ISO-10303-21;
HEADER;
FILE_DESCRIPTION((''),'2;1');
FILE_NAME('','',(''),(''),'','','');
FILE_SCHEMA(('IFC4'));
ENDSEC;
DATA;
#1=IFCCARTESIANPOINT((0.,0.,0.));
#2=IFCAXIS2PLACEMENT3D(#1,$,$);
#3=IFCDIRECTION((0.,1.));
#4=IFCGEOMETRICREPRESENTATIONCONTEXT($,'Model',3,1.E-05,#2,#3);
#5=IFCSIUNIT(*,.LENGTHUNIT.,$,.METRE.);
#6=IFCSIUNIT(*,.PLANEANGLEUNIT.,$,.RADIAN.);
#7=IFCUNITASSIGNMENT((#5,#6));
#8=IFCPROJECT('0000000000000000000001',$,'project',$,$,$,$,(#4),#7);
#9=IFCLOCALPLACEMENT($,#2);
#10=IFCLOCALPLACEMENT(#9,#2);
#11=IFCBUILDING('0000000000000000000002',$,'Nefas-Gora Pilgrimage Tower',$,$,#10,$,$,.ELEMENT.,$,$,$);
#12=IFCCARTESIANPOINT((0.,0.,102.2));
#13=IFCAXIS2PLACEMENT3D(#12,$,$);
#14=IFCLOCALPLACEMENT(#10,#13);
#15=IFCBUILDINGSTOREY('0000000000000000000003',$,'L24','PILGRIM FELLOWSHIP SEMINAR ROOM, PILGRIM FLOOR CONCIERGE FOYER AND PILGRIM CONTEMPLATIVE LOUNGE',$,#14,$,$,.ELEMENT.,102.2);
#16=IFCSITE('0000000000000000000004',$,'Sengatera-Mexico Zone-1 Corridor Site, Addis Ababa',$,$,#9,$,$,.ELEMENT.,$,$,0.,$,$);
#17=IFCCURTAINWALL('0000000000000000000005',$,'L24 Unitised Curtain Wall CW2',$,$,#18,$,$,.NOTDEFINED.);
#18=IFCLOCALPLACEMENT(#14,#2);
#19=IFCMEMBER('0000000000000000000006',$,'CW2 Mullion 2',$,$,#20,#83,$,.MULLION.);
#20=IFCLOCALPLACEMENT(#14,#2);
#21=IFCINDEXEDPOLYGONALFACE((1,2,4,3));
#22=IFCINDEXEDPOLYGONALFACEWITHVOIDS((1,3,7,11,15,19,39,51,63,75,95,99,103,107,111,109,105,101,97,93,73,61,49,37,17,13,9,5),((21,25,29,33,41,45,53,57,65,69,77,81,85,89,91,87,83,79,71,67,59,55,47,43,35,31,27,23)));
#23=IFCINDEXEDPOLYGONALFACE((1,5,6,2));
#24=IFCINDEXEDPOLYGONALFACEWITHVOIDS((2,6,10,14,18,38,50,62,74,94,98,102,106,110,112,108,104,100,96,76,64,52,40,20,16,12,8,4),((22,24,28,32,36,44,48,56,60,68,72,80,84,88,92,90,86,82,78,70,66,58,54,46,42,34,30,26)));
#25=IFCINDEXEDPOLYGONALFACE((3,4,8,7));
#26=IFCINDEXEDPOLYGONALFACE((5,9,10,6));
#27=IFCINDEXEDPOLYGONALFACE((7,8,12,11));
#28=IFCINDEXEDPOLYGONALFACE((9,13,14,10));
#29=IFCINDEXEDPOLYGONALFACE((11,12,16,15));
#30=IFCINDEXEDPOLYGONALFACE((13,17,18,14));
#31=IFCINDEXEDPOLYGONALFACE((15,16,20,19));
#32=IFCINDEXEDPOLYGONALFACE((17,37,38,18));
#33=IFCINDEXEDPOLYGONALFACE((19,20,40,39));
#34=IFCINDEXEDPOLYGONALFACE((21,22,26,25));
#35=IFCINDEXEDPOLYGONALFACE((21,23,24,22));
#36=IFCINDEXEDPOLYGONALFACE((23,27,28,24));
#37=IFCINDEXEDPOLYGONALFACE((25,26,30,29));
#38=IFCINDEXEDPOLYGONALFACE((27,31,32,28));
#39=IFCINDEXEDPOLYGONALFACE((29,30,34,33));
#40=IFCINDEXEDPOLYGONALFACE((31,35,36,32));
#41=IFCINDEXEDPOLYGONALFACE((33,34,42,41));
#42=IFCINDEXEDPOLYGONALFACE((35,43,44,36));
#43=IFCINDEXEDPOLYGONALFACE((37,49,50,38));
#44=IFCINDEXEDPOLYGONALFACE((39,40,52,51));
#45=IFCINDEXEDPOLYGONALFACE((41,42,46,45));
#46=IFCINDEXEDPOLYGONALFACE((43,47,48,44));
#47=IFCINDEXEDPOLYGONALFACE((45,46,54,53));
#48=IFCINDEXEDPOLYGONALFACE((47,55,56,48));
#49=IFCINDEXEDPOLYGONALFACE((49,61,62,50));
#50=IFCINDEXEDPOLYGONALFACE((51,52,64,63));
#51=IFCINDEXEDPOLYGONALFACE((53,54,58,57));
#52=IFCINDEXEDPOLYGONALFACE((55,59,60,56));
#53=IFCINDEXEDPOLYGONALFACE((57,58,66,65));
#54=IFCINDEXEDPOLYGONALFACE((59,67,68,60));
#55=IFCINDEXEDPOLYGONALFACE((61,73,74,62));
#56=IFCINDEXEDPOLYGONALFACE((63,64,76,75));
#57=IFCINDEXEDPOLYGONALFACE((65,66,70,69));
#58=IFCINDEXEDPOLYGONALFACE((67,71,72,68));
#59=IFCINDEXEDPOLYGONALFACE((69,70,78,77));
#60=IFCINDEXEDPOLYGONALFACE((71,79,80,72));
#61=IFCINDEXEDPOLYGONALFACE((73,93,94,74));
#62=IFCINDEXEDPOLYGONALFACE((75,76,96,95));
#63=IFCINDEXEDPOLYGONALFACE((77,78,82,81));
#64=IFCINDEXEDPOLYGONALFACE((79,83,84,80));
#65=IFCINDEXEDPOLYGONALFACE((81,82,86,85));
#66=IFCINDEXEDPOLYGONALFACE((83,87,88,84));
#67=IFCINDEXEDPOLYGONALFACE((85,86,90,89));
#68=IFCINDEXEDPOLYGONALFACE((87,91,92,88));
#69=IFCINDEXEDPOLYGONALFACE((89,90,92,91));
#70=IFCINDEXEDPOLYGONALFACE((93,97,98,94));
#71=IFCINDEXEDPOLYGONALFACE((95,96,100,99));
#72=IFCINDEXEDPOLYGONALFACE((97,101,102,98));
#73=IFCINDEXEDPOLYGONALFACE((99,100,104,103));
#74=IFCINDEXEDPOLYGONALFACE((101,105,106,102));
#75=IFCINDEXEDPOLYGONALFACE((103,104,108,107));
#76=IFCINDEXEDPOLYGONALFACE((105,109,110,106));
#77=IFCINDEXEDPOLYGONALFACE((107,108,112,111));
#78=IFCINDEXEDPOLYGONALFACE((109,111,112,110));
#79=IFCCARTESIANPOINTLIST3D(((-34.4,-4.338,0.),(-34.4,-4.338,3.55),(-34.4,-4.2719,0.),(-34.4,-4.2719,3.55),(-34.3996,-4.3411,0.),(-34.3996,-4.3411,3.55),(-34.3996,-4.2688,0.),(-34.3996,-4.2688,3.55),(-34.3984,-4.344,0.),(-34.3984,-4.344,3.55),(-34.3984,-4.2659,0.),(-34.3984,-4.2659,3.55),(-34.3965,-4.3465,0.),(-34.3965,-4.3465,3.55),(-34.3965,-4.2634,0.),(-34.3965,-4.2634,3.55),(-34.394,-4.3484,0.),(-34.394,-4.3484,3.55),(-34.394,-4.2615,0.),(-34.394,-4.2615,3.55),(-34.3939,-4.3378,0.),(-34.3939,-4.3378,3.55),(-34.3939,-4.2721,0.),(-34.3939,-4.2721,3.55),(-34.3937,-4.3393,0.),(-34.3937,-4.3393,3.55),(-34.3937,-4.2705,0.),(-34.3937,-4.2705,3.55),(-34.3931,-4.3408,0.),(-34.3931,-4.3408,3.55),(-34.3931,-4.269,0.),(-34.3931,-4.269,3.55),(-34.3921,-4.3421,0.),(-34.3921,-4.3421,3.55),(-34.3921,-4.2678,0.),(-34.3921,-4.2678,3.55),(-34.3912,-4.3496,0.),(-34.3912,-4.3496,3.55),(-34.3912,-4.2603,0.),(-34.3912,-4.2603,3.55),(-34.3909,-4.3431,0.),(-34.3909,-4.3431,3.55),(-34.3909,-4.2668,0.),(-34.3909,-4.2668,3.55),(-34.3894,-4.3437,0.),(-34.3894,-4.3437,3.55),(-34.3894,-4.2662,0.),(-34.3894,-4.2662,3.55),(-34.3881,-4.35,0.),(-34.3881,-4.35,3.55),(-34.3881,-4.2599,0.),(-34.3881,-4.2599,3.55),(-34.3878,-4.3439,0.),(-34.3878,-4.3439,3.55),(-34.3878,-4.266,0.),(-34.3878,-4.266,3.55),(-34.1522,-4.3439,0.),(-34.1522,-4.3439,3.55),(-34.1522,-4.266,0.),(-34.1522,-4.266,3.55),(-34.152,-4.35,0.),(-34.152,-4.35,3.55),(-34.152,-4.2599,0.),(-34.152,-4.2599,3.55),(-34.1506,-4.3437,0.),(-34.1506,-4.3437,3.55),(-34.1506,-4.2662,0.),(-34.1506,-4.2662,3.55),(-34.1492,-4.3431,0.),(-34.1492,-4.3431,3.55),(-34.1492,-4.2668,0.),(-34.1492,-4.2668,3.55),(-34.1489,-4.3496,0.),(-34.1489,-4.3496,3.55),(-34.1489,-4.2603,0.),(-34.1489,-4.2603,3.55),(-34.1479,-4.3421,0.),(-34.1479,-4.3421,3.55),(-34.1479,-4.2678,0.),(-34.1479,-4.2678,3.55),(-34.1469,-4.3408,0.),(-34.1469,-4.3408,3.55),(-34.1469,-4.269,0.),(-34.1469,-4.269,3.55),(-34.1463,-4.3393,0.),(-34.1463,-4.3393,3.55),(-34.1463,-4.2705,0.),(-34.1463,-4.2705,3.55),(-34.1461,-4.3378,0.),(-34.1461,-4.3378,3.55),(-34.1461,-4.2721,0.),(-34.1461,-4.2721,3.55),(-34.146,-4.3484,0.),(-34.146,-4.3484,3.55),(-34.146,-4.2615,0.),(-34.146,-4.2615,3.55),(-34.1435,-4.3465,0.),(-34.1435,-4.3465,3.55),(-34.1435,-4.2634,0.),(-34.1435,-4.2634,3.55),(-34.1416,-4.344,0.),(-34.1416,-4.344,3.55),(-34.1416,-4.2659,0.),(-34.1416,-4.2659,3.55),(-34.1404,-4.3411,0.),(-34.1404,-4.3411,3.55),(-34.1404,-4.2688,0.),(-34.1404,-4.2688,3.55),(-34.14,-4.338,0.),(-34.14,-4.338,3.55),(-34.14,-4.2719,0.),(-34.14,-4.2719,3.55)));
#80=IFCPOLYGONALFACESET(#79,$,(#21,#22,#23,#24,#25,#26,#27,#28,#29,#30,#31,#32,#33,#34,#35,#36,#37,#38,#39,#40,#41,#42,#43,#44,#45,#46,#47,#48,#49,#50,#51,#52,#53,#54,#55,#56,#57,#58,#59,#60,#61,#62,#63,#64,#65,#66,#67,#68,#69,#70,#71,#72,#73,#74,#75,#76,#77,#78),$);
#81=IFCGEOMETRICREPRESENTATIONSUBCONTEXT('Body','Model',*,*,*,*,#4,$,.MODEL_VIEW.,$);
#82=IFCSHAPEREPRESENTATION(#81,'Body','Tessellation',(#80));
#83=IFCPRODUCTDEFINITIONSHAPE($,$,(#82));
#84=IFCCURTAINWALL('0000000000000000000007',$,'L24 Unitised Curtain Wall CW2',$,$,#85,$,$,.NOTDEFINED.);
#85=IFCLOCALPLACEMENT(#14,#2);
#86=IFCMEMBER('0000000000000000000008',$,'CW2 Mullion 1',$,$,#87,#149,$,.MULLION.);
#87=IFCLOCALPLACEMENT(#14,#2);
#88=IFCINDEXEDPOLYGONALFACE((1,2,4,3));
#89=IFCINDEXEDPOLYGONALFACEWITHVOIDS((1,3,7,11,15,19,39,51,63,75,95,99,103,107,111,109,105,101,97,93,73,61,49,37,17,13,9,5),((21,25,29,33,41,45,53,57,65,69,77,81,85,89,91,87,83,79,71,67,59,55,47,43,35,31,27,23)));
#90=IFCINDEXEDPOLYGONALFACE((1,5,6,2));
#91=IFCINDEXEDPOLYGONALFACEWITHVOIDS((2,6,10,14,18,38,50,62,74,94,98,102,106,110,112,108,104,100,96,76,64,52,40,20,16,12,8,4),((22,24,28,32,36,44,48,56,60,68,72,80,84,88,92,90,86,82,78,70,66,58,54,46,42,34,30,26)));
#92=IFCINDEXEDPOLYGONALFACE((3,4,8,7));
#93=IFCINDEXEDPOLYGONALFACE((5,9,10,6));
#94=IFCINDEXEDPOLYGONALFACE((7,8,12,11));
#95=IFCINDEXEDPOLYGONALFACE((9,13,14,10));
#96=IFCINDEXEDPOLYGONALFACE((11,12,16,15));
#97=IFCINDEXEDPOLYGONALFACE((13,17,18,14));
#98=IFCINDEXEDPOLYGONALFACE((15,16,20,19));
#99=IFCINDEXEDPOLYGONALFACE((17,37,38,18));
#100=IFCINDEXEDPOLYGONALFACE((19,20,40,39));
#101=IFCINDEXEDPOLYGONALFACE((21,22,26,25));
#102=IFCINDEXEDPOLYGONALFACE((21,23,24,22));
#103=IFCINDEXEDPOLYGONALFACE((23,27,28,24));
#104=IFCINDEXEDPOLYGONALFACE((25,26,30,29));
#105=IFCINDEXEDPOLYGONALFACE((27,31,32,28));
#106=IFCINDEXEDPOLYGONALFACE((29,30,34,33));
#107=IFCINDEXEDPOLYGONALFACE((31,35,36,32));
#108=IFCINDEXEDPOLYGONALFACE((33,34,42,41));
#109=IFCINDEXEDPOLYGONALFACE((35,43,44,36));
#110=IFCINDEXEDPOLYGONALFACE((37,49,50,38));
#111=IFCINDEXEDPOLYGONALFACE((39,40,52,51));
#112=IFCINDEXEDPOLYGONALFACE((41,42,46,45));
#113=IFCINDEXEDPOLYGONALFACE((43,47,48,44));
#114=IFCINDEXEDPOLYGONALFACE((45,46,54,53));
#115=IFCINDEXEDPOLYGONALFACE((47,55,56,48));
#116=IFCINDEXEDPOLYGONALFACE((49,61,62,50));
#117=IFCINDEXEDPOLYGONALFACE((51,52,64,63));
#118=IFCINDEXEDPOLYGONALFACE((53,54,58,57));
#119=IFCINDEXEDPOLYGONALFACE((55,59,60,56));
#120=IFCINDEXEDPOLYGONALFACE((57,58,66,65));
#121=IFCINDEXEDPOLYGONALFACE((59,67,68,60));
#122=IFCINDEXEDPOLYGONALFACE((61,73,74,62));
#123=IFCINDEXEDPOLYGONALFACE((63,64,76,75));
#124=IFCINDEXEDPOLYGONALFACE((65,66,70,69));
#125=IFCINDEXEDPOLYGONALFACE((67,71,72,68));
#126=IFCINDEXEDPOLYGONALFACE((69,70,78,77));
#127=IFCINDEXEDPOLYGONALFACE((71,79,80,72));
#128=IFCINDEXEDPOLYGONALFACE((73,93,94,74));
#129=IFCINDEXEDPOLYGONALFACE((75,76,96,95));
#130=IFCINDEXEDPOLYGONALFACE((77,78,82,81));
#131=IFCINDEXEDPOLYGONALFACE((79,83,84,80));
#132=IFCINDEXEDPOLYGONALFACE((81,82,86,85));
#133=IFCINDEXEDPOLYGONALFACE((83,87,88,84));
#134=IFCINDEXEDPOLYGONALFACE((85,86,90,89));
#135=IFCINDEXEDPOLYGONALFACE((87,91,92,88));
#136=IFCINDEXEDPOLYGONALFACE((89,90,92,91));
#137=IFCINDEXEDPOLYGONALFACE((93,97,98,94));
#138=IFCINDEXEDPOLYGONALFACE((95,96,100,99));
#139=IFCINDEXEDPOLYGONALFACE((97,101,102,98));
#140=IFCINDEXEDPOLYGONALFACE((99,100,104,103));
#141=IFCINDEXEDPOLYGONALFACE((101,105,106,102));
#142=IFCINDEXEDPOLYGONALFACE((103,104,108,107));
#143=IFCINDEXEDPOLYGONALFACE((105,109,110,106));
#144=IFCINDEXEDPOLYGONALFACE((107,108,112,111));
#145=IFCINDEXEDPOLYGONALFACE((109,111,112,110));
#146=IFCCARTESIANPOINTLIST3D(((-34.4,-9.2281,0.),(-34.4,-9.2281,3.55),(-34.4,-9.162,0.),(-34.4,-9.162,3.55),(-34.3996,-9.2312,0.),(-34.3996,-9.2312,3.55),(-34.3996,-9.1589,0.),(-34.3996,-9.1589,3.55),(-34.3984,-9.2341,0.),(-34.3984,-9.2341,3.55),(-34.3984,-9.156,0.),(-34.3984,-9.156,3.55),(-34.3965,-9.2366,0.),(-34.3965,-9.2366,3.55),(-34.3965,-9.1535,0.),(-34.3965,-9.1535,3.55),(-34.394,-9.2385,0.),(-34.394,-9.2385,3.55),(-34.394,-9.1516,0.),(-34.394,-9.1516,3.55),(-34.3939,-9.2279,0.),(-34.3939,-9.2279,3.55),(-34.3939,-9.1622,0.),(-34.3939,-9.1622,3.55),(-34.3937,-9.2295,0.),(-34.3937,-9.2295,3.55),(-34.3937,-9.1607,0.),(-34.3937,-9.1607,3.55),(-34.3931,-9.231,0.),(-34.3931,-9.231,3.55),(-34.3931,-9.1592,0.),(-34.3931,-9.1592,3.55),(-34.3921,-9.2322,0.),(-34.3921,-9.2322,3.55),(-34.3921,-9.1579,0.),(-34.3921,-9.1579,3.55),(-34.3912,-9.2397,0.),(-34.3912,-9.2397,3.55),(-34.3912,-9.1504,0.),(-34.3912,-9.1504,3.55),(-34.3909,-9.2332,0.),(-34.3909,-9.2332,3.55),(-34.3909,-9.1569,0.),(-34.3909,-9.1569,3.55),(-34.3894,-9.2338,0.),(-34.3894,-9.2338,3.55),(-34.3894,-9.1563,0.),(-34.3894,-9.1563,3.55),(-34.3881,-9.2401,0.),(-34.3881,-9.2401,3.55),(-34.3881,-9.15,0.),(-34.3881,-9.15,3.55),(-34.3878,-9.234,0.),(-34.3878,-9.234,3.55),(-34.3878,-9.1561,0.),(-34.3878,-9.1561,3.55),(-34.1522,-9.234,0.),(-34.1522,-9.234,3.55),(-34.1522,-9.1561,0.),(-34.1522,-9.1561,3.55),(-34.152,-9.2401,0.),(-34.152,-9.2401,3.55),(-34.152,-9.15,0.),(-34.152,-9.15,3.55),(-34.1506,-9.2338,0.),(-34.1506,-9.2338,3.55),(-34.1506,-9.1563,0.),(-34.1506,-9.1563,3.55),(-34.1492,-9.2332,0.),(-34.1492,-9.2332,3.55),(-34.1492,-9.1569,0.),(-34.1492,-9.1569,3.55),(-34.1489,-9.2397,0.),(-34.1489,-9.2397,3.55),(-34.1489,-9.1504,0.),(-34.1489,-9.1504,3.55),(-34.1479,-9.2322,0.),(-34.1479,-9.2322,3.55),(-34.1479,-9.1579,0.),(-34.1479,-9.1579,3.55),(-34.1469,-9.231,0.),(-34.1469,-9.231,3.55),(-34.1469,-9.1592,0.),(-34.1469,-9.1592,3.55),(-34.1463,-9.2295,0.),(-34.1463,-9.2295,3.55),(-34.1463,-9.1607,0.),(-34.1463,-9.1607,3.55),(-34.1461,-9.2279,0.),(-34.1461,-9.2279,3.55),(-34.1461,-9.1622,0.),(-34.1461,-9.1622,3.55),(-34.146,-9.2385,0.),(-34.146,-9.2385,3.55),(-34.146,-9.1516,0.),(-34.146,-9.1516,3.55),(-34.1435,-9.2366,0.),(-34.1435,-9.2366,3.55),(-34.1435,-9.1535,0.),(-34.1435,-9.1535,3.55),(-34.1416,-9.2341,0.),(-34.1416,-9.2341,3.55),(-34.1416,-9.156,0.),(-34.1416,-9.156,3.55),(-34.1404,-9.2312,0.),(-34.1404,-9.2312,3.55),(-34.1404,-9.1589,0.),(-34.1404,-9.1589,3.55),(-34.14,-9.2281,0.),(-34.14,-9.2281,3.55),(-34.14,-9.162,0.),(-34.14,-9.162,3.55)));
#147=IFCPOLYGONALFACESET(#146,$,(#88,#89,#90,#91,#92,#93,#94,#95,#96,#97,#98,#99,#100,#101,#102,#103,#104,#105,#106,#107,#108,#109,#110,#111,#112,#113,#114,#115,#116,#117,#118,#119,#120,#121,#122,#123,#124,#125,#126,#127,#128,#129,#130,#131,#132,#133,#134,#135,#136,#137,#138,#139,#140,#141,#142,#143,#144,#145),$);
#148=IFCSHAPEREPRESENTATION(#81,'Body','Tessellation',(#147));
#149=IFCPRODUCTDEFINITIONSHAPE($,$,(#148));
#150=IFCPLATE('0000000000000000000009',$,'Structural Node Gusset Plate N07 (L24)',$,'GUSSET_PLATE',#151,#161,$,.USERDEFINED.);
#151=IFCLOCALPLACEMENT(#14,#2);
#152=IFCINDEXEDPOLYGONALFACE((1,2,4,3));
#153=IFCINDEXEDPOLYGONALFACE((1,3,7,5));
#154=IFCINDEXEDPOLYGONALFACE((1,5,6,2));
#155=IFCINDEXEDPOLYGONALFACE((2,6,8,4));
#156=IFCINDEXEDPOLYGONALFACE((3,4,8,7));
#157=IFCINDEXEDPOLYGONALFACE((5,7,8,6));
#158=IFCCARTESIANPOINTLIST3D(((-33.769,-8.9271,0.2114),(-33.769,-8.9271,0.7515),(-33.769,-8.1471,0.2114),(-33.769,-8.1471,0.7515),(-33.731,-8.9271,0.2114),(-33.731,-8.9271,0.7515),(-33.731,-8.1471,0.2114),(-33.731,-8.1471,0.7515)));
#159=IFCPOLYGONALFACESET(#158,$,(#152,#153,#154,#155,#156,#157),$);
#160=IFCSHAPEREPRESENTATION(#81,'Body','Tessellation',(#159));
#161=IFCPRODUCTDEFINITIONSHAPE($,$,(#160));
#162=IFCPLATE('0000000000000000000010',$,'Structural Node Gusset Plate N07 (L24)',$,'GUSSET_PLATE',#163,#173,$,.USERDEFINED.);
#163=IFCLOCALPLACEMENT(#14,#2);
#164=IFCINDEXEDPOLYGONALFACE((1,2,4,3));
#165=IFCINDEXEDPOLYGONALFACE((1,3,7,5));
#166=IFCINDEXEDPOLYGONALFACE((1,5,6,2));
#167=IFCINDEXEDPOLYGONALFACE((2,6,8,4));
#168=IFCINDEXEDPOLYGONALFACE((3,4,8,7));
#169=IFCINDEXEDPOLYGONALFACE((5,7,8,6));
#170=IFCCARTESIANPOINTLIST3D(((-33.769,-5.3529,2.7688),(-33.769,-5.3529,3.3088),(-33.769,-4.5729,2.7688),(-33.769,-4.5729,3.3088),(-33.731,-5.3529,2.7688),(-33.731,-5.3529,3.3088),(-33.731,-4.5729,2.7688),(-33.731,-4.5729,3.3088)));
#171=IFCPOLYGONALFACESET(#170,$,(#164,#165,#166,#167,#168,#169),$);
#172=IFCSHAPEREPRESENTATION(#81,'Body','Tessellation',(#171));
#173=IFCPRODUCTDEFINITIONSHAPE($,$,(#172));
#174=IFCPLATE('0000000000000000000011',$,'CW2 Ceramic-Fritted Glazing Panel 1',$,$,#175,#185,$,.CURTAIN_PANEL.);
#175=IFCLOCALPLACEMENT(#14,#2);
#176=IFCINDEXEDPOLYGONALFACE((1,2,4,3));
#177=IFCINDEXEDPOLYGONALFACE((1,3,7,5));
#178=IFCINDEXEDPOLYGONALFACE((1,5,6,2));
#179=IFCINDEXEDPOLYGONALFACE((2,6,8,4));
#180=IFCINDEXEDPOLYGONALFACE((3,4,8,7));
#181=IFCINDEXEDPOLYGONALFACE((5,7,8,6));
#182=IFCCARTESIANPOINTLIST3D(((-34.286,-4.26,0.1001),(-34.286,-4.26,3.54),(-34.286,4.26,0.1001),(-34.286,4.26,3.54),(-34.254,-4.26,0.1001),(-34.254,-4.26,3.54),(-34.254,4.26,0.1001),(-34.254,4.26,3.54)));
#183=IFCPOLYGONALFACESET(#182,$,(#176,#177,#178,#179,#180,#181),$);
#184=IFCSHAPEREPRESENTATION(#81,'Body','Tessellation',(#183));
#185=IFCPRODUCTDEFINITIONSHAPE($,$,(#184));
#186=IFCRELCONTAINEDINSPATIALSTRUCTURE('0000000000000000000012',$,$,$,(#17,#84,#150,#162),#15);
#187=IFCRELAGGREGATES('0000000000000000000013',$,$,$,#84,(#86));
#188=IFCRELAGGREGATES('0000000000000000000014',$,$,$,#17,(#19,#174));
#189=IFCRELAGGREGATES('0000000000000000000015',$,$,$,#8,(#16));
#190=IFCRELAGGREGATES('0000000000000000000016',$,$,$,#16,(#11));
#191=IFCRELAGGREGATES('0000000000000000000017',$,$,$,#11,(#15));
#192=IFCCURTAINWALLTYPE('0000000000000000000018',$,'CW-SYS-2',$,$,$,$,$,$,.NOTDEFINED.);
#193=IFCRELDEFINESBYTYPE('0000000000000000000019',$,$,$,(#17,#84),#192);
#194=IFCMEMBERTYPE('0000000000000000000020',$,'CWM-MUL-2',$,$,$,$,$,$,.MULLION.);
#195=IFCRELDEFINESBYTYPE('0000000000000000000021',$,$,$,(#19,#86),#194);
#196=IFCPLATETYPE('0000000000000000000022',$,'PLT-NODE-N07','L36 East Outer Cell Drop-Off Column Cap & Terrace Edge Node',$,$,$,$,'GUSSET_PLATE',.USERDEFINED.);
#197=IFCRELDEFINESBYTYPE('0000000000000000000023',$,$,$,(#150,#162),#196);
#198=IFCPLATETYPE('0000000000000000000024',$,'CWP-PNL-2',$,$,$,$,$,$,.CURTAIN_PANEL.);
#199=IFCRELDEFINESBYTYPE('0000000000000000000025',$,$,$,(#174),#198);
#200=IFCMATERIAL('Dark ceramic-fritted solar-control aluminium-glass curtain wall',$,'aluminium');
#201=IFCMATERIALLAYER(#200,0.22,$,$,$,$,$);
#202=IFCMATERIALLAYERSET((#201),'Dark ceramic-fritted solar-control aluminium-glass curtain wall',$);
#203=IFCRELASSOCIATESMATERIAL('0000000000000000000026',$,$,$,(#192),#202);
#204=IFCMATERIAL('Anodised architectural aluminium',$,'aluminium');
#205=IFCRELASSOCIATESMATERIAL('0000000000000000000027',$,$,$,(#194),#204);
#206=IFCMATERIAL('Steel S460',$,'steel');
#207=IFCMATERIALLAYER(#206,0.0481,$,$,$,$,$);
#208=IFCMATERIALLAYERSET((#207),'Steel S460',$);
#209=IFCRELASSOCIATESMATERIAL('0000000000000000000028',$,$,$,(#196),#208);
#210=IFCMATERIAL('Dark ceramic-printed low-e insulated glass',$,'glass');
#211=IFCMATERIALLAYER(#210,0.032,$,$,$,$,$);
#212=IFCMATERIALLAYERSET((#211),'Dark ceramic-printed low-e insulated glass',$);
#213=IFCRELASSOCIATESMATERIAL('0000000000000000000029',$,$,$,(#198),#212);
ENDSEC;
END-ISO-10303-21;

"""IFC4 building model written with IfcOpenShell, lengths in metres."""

from ifc_helpers import new_model, si_unit, direction, frame, origin, origin_2d, place, context, subcontext, project, spatial, rectangle, hollow_rectangle, extrude, source, transform, mapped, material, layer, layer_set, material_profile, profile_set, type_object, element, aggregate, save


model = new_model("IFC4")

# Units and contexts
model_context = context("Model", 3, precision=1e-05, world=origin(), true_north=direction((0.0, 1.0)))
body_context = subcontext(model_context, "Body", "Model", "MODEL_VIEW")
ifc_project = project(units=[si_unit("LENGTHUNIT", "METRE"), si_unit("PLANEANGLEUNIT", "RADIAN")], contexts=[model_context])

# Site, building, storey
site_placement = place(None, origin())
site = spatial("IfcSite", under=ifc_project, at=site_placement, Name="Sengatera-Mexico Zone-1 Corridor Site, Addis Ababa", CompositionType="ELEMENT", RefElevation=0.0)
building_placement = place(site_placement, origin())
building = spatial("IfcBuilding", under=site, at=building_placement, Name="Nefas-Gora Pilgrimage Tower", CompositionType="ELEMENT")
storey_placement = place(building_placement, frame((0.0, 0.0, 102.2)))
storey = spatial("IfcBuildingStorey", under=building, at=storey_placement, Name="L24", Description="PILGRIM FELLOWSHIP SEMINAR ROOM, PILGRIM FLOOR CONCIERGE FOYER AND PILGRIM CONTEMPLATIVE LOUNGE", CompositionType="ELEMENT", Elevation=102.2)

# Shared definitions
ifc_material_1 = material(Name="Steel S460", Category="steel")

# Curtain walls, members
ifc_material_2 = material(Name="Dark ceramic-fritted solar-control aluminium-glass curtain wall", Category="aluminium")
ifc_layer_1 = layer(ifc_material_2, 0.22)
ifc_layer_set_1 = layer_set([ifc_layer_1], Name="Dark ceramic-fritted solar-control aluminium-glass curtain wall")
curtain_wall_type = type_object("IfcCurtainWallType", Name="CW-SYS-2", PredefinedType="NOTDEFINED", material=ifc_layer_set_1)
curtain_wall_1_placement = place(storey_placement, origin())
curtain_wall_1 = element("IfcCurtainWall", 1, at=curtain_wall_1_placement, inside=storey, type_object=curtain_wall_type, Name="L24 Unitised Curtain Wall CW2", PredefinedType="NOTDEFINED")
ifc_material_3 = material(Name="Anodised architectural aluminium", Category="aluminium")
ifc_material_profile_1 = material_profile(ifc_material_3, hollow_rectangle(XDim=0.0901, YDim=0.26, WallThickness=0.0061, InnerFilletRadius=0.0061, OuterFilletRadius=0.012, at=origin_2d()), Name="ALU MULLION 90x260")
ifc_profile_set_1 = profile_set([ifc_material_profile_1], Name="Anodised architectural aluminium")
member_type_1 = type_object("IfcMemberType", Name="CWM-MUL-2", PredefinedType="MULLION", material=ifc_profile_set_1)
shared_shape_1 = source(origin(), body_context, "Body", "SweptSolid", [
    extrude(hollow_rectangle(XDim=0.0901, YDim=0.26, WallThickness=0.0061, InnerFilletRadius=0.0061, OuterFilletRadius=0.012, at=origin_2d()), origin(), (0.0, 0.0, 1.0), 3.55),
])
member_1_placement = place(storey_placement, frame((-34.27, -4.3049, 0.0), z_axis=(0.0, 0.0, 1.0), x_axis=(0.0, -1.0, 0.0)))
member_1 = element("IfcMember", 2, at=member_1_placement, type_object=member_type_1, Name="CW2 Mullion 2", PredefinedType="MULLION", context=body_context, shape_type="MappedRepresentation", body=[
    mapped(shared_shape_1, transform((0.0, 0.0, 0.0), x_axis=(1.0, 0.0, 0.0), y_axis=(0.0, 1.0, 0.0), z_axis=(0.0, 0.0, 1.0), scale=1.0)),
])
curtain_wall_2_placement = place(storey_placement, origin())
curtain_wall_2 = element("IfcCurtainWall", 3, at=curtain_wall_2_placement, inside=storey, type_object=curtain_wall_type, Name="L24 Unitised Curtain Wall CW2", PredefinedType="NOTDEFINED")
member_2_placement = place(storey_placement, frame((-34.27, -9.1951, 0.0), z_axis=(0.0, 0.0, 1.0), x_axis=(0.0, -1.0, 0.0)))
member_2 = element("IfcMember", 4, at=member_2_placement, type_object=member_type_1, Name="CW2 Mullion 1", PredefinedType="MULLION", context=body_context, shape_type="MappedRepresentation", body=[
    mapped(shared_shape_1, transform((0.0, 0.0, 0.0), x_axis=(1.0, 0.0, 0.0), y_axis=(0.0, 1.0, 0.0), z_axis=(0.0, 0.0, 1.0), scale=1.0)),
])
aggregate(curtain_wall_2, [member_2])

# Plates
ifc_layer_2 = layer(ifc_material_1, 0.0481)
ifc_layer_set_2 = layer_set([ifc_layer_2], Name="Steel S460")
plate_type_1 = type_object("IfcPlateType", Name="PLT-NODE-N07", Description="L36 East Outer Cell Drop-Off Column Cap & Terrace Edge Node", ElementType="GUSSET_PLATE", PredefinedType="USERDEFINED", material=ifc_layer_set_2)
shared_shape_2 = source(origin(), body_context, "Body", "SweptSolid", [
    extrude(rectangle(XDim=0.78, YDim=0.0381, at=origin_2d()), origin(), (0.0, 0.0, 1.0), 0.54),
])
for number, where, z_axis, x_axis, name in (
    (5, (-33.75, -8.5371, 0.2114), (0.0, 0.0, 1.0), (0.0, 1.0, 0.0), "Structural Node Gusset Plate N07 (L24)"),
    (6, (-33.75, -4.9629, 2.7688), (0.0, 0.0, 1.0), (0.0, 1.0, 0.0), "Structural Node Gusset Plate N07 (L24)"),
):
    element("IfcPlate", number, at=place(storey_placement, frame(where, z_axis=z_axis, x_axis=x_axis)), inside=storey, type_object=plate_type_1, Name=name, ObjectType="GUSSET_PLATE", PredefinedType="USERDEFINED", context=body_context, shape_type="MappedRepresentation", body=[
        mapped(shared_shape_2, transform((0.0, 0.0, 0.0), x_axis=(1.0, 0.0, 0.0), y_axis=(0.0, 1.0, 0.0), z_axis=(0.0, 0.0, 1.0), scale=1.0)),
    ])

# Plate
ifc_material_4 = material(Name="Dark ceramic-printed low-e insulated glass", Category="glass")
ifc_layer_3 = layer(ifc_material_4, 0.032)
ifc_layer_set_3 = layer_set([ifc_layer_3], Name="Dark ceramic-printed low-e insulated glass")
plate_type_2 = type_object("IfcPlateType", Name="CWP-PNL-2", PredefinedType="CURTAIN_PANEL", material=ifc_layer_set_3)
shared_shape_3 = source(origin(), body_context, "Body", "SweptSolid", [
    extrude(rectangle(XDim=8.52, YDim=0.032, at=origin_2d()), origin(), (0.0, 0.0, 1.0), 3.4399),
])
plate_placement = place(storey_placement, frame((-34.27, 0.0, 0.1001), z_axis=(0.0, 0.0, 1.0), x_axis=(0.0, -1.0, 0.0)))
plate = element("IfcPlate", 7, at=plate_placement, type_object=plate_type_2, Name="CW2 Ceramic-Fritted Glazing Panel 1", PredefinedType="CURTAIN_PANEL", context=body_context, shape_type="MappedRepresentation", body=[
    mapped(shared_shape_3, transform((0.0, 0.0, 0.0), x_axis=(1.0, 0.0, 0.0), y_axis=(0.0, 1.0, 0.0), z_axis=(0.0, 0.0, 1.0), scale=1.0)),
])
aggregate(curtain_wall_1, [member_1, plate])

save(model, "model.ifc")
